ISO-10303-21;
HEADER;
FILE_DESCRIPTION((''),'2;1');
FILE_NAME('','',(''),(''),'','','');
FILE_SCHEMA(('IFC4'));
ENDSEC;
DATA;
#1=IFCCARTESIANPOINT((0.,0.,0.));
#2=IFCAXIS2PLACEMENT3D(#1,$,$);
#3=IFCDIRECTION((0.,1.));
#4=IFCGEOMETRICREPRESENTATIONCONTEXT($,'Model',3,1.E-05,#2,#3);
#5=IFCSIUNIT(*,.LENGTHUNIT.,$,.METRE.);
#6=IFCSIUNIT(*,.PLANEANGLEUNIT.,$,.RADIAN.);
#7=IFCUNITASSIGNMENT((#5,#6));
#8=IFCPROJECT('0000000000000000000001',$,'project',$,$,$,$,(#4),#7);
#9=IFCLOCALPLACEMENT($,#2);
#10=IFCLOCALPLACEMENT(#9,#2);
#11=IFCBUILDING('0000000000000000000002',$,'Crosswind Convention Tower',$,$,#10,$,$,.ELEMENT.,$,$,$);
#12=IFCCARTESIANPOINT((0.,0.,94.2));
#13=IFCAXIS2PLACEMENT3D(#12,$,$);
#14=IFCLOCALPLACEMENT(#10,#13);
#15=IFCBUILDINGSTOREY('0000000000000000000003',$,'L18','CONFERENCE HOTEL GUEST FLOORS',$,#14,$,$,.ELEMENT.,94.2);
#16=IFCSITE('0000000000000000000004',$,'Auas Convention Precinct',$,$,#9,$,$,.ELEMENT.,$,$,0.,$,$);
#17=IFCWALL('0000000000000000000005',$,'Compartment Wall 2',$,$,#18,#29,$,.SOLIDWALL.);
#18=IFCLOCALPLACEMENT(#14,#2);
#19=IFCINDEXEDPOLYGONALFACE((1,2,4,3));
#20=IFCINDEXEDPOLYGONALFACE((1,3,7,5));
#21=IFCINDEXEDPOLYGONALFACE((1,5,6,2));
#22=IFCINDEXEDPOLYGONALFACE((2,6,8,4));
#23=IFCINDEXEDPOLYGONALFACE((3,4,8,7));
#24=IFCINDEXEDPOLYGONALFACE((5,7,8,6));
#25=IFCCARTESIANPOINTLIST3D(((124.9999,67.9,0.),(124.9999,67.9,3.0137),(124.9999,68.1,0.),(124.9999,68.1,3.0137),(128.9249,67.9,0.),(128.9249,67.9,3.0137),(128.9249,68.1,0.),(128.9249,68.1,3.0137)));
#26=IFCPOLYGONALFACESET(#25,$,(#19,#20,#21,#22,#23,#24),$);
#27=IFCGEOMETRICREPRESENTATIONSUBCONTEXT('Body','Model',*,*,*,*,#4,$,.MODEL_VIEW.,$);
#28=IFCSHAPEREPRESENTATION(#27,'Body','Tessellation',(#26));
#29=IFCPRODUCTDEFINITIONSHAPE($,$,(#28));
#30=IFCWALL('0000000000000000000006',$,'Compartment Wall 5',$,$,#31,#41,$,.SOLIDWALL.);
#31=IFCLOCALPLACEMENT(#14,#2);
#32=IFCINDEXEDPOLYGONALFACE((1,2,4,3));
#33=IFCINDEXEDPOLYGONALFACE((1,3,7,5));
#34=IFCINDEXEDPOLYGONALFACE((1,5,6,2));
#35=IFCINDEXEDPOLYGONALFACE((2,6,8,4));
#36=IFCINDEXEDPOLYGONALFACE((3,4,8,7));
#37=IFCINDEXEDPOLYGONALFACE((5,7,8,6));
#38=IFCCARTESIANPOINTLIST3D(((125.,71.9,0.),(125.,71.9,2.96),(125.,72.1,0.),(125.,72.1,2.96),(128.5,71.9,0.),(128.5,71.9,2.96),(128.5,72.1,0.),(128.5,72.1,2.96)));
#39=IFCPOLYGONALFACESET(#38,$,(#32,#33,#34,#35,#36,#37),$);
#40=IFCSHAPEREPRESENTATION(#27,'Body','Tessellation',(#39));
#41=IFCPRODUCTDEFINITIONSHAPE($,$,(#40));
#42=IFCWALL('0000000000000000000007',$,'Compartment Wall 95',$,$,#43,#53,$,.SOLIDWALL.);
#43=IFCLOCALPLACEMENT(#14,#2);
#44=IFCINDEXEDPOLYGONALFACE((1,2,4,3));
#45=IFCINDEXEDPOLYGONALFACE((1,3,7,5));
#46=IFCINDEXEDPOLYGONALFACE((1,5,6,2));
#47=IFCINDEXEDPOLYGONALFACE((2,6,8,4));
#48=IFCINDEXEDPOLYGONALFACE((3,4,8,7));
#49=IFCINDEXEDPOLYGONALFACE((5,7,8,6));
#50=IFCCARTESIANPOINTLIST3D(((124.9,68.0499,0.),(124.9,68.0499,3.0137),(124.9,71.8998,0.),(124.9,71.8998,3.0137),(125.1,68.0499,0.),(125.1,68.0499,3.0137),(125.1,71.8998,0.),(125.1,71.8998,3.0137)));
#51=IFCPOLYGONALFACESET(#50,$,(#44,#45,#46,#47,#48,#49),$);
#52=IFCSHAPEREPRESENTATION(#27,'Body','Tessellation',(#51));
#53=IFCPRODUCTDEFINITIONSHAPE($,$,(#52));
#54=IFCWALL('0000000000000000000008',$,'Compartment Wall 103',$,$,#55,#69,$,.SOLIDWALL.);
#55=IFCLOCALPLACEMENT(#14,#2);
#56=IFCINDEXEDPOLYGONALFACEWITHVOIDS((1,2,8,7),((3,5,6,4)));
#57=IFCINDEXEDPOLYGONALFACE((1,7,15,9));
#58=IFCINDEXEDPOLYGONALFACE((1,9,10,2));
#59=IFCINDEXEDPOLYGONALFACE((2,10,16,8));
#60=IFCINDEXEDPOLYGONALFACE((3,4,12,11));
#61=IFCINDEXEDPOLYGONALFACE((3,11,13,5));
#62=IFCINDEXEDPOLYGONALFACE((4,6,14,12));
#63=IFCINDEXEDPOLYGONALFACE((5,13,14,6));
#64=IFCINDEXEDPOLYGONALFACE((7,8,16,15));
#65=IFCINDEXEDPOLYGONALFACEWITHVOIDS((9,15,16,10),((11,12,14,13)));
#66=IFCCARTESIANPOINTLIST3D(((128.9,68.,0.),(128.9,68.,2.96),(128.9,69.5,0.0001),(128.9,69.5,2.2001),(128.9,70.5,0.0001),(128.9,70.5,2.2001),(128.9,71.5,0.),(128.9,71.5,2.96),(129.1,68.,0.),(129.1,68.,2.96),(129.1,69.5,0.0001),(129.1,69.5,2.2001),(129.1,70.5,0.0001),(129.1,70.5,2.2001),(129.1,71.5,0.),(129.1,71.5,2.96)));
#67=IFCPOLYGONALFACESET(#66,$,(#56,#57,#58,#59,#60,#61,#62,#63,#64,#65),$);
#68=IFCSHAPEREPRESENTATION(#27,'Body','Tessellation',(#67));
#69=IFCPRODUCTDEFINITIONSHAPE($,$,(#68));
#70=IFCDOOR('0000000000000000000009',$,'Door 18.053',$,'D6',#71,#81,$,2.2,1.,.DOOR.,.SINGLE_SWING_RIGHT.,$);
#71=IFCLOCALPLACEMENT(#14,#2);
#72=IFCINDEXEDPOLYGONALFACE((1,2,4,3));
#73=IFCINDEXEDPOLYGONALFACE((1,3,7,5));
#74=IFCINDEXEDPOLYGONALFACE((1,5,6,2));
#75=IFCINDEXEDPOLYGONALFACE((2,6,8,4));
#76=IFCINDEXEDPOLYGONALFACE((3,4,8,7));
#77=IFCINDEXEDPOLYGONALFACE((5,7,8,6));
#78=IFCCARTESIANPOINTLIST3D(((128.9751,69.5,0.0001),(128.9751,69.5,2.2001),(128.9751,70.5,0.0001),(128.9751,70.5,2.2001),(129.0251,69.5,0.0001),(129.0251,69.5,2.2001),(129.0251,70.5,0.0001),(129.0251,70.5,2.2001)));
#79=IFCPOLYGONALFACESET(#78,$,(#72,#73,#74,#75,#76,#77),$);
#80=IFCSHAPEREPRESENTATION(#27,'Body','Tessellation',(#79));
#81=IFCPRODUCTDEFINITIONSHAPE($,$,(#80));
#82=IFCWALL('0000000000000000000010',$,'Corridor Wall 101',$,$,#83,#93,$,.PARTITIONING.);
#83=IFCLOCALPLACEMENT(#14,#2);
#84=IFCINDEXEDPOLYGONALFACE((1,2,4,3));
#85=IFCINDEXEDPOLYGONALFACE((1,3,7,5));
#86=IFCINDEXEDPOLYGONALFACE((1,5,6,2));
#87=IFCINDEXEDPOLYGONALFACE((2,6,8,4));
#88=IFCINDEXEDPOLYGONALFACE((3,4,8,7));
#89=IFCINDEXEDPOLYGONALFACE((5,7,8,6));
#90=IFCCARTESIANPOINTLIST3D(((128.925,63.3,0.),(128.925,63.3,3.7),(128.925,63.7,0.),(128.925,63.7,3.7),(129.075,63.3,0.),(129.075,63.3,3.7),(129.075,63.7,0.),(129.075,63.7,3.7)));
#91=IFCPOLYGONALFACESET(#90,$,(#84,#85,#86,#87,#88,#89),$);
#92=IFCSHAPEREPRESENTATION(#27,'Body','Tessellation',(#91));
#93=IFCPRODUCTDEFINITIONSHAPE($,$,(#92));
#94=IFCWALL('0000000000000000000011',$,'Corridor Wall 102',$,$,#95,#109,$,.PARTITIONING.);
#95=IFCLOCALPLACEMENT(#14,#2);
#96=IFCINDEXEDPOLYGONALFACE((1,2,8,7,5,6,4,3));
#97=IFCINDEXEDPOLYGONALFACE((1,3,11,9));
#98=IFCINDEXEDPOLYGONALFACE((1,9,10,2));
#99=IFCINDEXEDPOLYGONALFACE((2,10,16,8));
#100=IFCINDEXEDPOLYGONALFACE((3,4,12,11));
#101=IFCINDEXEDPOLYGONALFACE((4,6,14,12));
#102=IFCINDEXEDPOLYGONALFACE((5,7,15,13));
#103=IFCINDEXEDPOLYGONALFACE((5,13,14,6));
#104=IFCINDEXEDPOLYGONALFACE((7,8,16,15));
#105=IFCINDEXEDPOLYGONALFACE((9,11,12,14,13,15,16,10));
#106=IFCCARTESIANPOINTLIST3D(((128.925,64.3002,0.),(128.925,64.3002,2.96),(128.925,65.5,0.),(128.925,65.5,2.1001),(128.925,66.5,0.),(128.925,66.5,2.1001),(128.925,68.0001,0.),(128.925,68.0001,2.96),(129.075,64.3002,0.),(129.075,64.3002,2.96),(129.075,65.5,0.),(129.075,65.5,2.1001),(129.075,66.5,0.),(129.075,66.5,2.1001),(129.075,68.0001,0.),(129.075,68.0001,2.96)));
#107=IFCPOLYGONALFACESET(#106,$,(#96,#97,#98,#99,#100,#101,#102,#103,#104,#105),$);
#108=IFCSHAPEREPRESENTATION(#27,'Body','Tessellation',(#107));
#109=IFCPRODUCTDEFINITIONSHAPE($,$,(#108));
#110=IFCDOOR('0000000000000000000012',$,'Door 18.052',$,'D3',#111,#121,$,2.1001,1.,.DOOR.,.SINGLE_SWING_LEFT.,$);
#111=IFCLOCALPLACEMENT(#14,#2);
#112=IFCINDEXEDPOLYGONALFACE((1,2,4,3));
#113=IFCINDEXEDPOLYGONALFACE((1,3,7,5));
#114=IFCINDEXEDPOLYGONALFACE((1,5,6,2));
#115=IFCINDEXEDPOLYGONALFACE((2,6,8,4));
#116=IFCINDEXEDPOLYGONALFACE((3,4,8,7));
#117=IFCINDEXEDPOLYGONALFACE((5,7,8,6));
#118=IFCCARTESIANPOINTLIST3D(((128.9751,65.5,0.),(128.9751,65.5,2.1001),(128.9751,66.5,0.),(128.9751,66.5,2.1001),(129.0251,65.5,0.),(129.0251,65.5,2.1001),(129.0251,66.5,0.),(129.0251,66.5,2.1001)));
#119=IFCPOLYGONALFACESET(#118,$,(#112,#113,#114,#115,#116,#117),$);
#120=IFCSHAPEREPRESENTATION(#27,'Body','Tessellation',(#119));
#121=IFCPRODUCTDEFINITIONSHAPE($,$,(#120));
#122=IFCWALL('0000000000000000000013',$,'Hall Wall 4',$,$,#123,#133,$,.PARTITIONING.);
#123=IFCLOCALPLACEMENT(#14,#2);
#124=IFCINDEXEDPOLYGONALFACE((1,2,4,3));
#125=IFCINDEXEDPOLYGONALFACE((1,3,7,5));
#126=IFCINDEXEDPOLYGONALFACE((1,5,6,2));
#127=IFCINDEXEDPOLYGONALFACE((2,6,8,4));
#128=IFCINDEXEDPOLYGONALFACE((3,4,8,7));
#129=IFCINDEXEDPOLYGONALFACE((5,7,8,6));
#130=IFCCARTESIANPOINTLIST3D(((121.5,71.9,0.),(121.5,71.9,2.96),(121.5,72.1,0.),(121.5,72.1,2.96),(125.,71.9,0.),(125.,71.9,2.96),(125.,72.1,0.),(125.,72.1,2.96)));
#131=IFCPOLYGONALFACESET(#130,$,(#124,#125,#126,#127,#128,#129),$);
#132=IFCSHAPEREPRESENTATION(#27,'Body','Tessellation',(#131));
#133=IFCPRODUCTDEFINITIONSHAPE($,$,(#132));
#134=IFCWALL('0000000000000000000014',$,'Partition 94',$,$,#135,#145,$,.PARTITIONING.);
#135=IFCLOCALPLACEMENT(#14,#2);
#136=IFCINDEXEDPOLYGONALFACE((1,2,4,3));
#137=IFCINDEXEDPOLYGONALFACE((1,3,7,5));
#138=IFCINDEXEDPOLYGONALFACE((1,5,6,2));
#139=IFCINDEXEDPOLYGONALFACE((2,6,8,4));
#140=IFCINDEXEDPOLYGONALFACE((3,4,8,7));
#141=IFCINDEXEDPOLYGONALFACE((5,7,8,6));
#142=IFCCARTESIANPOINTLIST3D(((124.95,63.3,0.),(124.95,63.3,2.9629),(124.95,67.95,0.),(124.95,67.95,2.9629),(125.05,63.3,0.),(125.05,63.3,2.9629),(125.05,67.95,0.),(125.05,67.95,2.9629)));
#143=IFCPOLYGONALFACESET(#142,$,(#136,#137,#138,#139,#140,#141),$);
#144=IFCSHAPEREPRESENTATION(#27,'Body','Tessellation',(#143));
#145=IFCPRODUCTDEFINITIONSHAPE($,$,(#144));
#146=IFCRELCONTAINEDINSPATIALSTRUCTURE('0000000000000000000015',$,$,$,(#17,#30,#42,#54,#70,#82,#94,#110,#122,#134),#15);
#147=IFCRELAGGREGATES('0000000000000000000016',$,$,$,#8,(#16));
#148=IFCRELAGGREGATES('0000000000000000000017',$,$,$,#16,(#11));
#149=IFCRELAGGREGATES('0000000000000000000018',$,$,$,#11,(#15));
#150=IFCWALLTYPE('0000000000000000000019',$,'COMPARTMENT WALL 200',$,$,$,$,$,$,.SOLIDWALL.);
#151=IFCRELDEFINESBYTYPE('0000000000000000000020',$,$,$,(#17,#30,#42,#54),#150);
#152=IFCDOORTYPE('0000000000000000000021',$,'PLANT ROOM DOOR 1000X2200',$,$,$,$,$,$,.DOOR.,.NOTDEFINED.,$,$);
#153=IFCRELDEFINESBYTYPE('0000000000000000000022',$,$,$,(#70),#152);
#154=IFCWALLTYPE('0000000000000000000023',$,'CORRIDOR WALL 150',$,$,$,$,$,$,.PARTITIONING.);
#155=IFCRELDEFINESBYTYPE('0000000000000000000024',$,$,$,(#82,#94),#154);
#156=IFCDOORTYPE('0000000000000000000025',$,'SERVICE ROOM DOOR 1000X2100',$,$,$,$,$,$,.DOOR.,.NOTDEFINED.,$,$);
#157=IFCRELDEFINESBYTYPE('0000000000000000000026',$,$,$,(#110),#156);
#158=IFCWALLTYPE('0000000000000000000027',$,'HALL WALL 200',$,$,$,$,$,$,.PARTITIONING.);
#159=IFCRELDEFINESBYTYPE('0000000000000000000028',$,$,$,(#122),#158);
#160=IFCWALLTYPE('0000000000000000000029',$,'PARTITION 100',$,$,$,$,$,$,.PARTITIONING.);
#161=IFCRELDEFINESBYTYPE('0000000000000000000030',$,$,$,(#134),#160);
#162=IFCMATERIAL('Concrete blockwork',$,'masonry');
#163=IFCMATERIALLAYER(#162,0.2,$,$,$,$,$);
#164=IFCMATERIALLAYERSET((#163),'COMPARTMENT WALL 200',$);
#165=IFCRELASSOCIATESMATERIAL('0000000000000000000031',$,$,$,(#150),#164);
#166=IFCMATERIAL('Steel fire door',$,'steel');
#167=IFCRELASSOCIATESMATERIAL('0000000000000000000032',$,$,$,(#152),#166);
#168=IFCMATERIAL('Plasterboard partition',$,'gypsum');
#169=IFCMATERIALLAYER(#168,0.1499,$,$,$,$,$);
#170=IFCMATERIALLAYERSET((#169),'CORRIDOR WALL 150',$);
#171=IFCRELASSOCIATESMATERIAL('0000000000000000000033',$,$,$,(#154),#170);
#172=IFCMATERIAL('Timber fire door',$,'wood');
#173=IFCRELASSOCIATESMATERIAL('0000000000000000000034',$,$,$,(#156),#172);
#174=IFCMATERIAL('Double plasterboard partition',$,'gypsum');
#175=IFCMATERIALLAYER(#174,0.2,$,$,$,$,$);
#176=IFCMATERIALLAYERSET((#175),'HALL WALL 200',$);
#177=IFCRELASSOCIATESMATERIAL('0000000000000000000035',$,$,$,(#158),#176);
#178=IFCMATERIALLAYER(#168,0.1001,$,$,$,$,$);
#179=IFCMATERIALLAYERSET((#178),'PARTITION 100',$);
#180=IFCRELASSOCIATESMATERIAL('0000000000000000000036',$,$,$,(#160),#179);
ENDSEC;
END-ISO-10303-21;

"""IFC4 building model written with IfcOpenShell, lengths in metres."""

from ifc_helpers import new_model, si_unit, direction, frame, frame_2d, origin, place, context, subcontext, project, spatial, rectangle, extrude, material, layer, layer_set, type_object, element, fill, save


model = new_model("IFC4")

# Units and contexts
model_context = context("Model", 3, precision=1e-05, world=origin(), true_north=direction((0.0, 1.0)))
body_context = subcontext(model_context, "Body", "Model", "MODEL_VIEW")
ifc_project = project(units=[si_unit("LENGTHUNIT", "METRE"), si_unit("PLANEANGLEUNIT", "RADIAN")], contexts=[model_context])

# Site, building, storey
site_placement = place(None, origin())
site = spatial("IfcSite", under=ifc_project, at=site_placement, Name="Auas Convention Precinct", CompositionType="ELEMENT", RefElevation=0.0)
building_placement = place(site_placement, origin())
building = spatial("IfcBuilding", under=site, at=building_placement, Name="Crosswind Convention Tower", CompositionType="ELEMENT")
storey_placement = place(building_placement, frame((0.0, 0.0, 94.2)))
storey = spatial("IfcBuildingStorey", under=building, at=storey_placement, Name="L18", Description="CONFERENCE HOTEL GUEST FLOORS", CompositionType="ELEMENT", Elevation=94.2)

# Walls
ifc_material_1 = material(Name="Concrete blockwork", Category="masonry")
ifc_layer_1 = layer(ifc_material_1, 0.2)
ifc_layer_set_1 = layer_set([ifc_layer_1], Name="COMPARTMENT WALL 200")
wall_type_1 = type_object("IfcWallType", Name="COMPARTMENT WALL 200", PredefinedType="SOLIDWALL", material=ifc_layer_set_1)
wall_1_placement = place(storey_placement, frame((125.0, 68.0, 0.0), z_axis=(0.0, 0.0, 1.0), x_axis=(1.0, 0.0, 0.0)))
element("IfcWall", 1, at=wall_1_placement, inside=storey, type_object=wall_type_1, Name="Compartment Wall 2", PredefinedType="SOLIDWALL", context=body_context, shape_type="SweptSolid", body=[
    extrude(rectangle(XDim=3.925, YDim=0.2, at=frame_2d((1.9624, 0.0))), origin(), (0.0, 0.0, 1.0), 3.0137),
])
wall_2_placement = place(storey_placement, frame((125.0, 72.0, 0.0), z_axis=(0.0, 0.0, 1.0), x_axis=(1.0, 0.0, 0.0)))
element("IfcWall", 2, at=wall_2_placement, inside=storey, type_object=wall_type_1, Name="Compartment Wall 5", PredefinedType="SOLIDWALL", context=body_context, shape_type="SweptSolid", body=[
    extrude(rectangle(XDim=3.5, YDim=0.2, at=frame_2d((1.75, 0.0))), origin(), (0.0, 0.0, 1.0), 2.96),
])
wall_3_placement = place(storey_placement, frame((125.0, 68.05, 0.0), z_axis=(0.0, 0.0, 1.0), x_axis=(0.0, 1.0, 0.0)))
element("IfcWall", 3, at=wall_3_placement, inside=storey, type_object=wall_type_1, Name="Compartment Wall 95", PredefinedType="SOLIDWALL", context=body_context, shape_type="SweptSolid", body=[
    extrude(rectangle(XDim=3.8499, YDim=0.2, at=frame_2d((1.9248, 0.0))), origin(), (0.0, 0.0, 1.0), 3.0137),
])

# Wall, opening, door
wall_4_placement = place(storey_placement, frame((129.0, 68.0, 0.0), z_axis=(0.0, 0.0, 1.0), x_axis=(0.0, 1.0, 0.0)))
wall_4 = element("IfcWall", 4, at=wall_4_placement, inside=storey, type_object=wall_type_1, Name="Compartment Wall 103", PredefinedType="SOLIDWALL", context=body_context, shape_type="SweptSolid", body=[
    extrude(rectangle(XDim=3.5, YDim=0.2, at=frame_2d((1.75, 0.0))), origin(), (0.0, 0.0, 1.0), 2.96),
])
opening_1_placement = place(wall_4_placement, frame((1.5, 0.0, 0.0)))
opening_1 = element("IfcOpeningElement", 5, at=opening_1_placement, cuts=wall_4, PredefinedType="OPENING", context=body_context, shape_type="SweptSolid", body=[
    extrude(rectangle(XDim=1.0, YDim=2.2, at=frame_2d((0.5, 1.1001))), frame((0.0, 0.1099, 0.0), z_axis=(0.0, -1.0, 0.0), x_axis=(1.0, 0.0, 0.0)), (0.0, 0.0, 1.0), 0.22),
])
ifc_material_2 = material(Name="Steel fire door", Category="steel")
door_type_1 = type_object("IfcDoorType", Name="PLANT ROOM DOOR 1000X2200", OperationType="NOTDEFINED", PredefinedType="DOOR", material=ifc_material_2)
door_1_placement = place(opening_1_placement, origin())
door_1 = element("IfcDoor", 6, at=door_1_placement, inside=storey, type_object=door_type_1, Name="Door 18.053", ObjectType="D6", OperationType="SINGLE_SWING_RIGHT", OverallHeight=2.2, OverallWidth=1.0, PredefinedType="DOOR", context=body_context, shape_type="SweptSolid", body=[
    extrude(rectangle(XDim=1.0, YDim=2.2, at=frame_2d((0.5, 1.1001))), frame((0.0, 0.0249, 0.0), z_axis=(0.0, -1.0, 0.0), x_axis=(1.0, 0.0, 0.0)), (0.0, 0.0, 1.0), 0.05),
])
fill(opening_1, door_1)

# Wall
ifc_material_3 = material(Name="Plasterboard partition", Category="gypsum")
ifc_layer_2 = layer(ifc_material_3, 0.1499)
ifc_layer_set_2 = layer_set([ifc_layer_2], Name="CORRIDOR WALL 150")
wall_type_2 = type_object("IfcWallType", Name="CORRIDOR WALL 150", PredefinedType="PARTITIONING", material=ifc_layer_set_2)
wall_5_placement = place(storey_placement, frame((129.0, 63.3, 0.0), z_axis=(0.0, 0.0, 1.0), x_axis=(0.0, 1.0, 0.0)))
element("IfcWall", 7, at=wall_5_placement, inside=storey, type_object=wall_type_2, Name="Corridor Wall 101", PredefinedType="PARTITIONING", context=body_context, shape_type="SweptSolid", body=[
    extrude(rectangle(XDim=0.3999, YDim=0.1499, at=frame_2d((0.2, 0.0))), origin(), (0.0, 0.0, 1.0), 3.7),
])

# Wall, opening, door
wall_6_placement = place(storey_placement, frame((129.0, 64.3, 0.0), z_axis=(0.0, 0.0, 1.0), x_axis=(0.0, 1.0, 0.0)))
wall_6 = element("IfcWall", 8, at=wall_6_placement, inside=storey, type_object=wall_type_2, Name="Corridor Wall 102", PredefinedType="PARTITIONING", context=body_context, shape_type="SweptSolid", body=[
    extrude(rectangle(XDim=3.7, YDim=0.1499, at=frame_2d((1.8501, 0.0))), origin(), (0.0, 0.0, 1.0), 2.96),
])
opening_2_placement = place(wall_6_placement, frame((1.2, 0.0, 0.0)))
opening_2 = element("IfcOpeningElement", 9, at=opening_2_placement, cuts=wall_6, PredefinedType="OPENING", context=body_context, shape_type="SweptSolid", body=[
    extrude(rectangle(XDim=1.0, YDim=2.1001, at=frame_2d((0.5, 1.05))), frame((0.0, 0.085, 0.0), z_axis=(0.0, -1.0, 0.0), x_axis=(1.0, 0.0, 0.0)), (0.0, 0.0, 1.0), 0.1699),
])
ifc_material_4 = material(Name="Timber fire door", Category="wood")
door_type_2 = type_object("IfcDoorType", Name="SERVICE ROOM DOOR 1000X2100", OperationType="NOTDEFINED", PredefinedType="DOOR", material=ifc_material_4)
door_2_placement = place(opening_2_placement, origin())
door_2 = element("IfcDoor", 10, at=door_2_placement, inside=storey, type_object=door_type_2, Name="Door 18.052", ObjectType="D3", OperationType="SINGLE_SWING_LEFT", OverallHeight=2.1001, OverallWidth=1.0, PredefinedType="DOOR", context=body_context, shape_type="SweptSolid", body=[
    extrude(rectangle(XDim=1.0, YDim=2.1001, at=frame_2d((0.5, 1.05))), frame((0.0, 0.0249, 0.0), z_axis=(0.0, -1.0, 0.0), x_axis=(1.0, 0.0, 0.0)), (0.0, 0.0, 1.0), 0.05),
])
fill(opening_2, door_2)

# Walls
ifc_material_5 = material(Name="Double plasterboard partition", Category="gypsum")
ifc_layer_3 = layer(ifc_material_5, 0.2)
ifc_layer_set_3 = layer_set([ifc_layer_3], Name="HALL WALL 200")
wall_type_3 = type_object("IfcWallType", Name="HALL WALL 200", PredefinedType="PARTITIONING", material=ifc_layer_set_3)
wall_7_placement = place(storey_placement, frame((121.5, 72.0, 0.0), z_axis=(0.0, 0.0, 1.0), x_axis=(1.0, 0.0, 0.0)))
element("IfcWall", 11, at=wall_7_placement, inside=storey, type_object=wall_type_3, Name="Hall Wall 4", PredefinedType="PARTITIONING", context=body_context, shape_type="SweptSolid", body=[
    extrude(rectangle(XDim=3.5, YDim=0.2, at=frame_2d((1.75, 0.0))), origin(), (0.0, 0.0, 1.0), 2.96),
])
ifc_layer_4 = layer(ifc_material_3, 0.1001)
ifc_layer_set_4 = layer_set([ifc_layer_4], Name="PARTITION 100")
wall_type_4 = type_object("IfcWallType", Name="PARTITION 100", PredefinedType="PARTITIONING", material=ifc_layer_set_4)
wall_8_placement = place(storey_placement, frame((125.0, 63.3, 0.0), z_axis=(0.0, 0.0, 1.0), x_axis=(0.0, 1.0, 0.0)))
element("IfcWall", 12, at=wall_8_placement, inside=storey, type_object=wall_type_4, Name="Partition 94", PredefinedType="PARTITIONING", context=body_context, shape_type="SweptSolid", body=[
    extrude(rectangle(XDim=4.6499, YDim=0.1001, at=frame_2d((2.325, 0.0))), origin(), (0.0, 0.0, 1.0), 2.9629),
])

save(model, "model.ifc")
